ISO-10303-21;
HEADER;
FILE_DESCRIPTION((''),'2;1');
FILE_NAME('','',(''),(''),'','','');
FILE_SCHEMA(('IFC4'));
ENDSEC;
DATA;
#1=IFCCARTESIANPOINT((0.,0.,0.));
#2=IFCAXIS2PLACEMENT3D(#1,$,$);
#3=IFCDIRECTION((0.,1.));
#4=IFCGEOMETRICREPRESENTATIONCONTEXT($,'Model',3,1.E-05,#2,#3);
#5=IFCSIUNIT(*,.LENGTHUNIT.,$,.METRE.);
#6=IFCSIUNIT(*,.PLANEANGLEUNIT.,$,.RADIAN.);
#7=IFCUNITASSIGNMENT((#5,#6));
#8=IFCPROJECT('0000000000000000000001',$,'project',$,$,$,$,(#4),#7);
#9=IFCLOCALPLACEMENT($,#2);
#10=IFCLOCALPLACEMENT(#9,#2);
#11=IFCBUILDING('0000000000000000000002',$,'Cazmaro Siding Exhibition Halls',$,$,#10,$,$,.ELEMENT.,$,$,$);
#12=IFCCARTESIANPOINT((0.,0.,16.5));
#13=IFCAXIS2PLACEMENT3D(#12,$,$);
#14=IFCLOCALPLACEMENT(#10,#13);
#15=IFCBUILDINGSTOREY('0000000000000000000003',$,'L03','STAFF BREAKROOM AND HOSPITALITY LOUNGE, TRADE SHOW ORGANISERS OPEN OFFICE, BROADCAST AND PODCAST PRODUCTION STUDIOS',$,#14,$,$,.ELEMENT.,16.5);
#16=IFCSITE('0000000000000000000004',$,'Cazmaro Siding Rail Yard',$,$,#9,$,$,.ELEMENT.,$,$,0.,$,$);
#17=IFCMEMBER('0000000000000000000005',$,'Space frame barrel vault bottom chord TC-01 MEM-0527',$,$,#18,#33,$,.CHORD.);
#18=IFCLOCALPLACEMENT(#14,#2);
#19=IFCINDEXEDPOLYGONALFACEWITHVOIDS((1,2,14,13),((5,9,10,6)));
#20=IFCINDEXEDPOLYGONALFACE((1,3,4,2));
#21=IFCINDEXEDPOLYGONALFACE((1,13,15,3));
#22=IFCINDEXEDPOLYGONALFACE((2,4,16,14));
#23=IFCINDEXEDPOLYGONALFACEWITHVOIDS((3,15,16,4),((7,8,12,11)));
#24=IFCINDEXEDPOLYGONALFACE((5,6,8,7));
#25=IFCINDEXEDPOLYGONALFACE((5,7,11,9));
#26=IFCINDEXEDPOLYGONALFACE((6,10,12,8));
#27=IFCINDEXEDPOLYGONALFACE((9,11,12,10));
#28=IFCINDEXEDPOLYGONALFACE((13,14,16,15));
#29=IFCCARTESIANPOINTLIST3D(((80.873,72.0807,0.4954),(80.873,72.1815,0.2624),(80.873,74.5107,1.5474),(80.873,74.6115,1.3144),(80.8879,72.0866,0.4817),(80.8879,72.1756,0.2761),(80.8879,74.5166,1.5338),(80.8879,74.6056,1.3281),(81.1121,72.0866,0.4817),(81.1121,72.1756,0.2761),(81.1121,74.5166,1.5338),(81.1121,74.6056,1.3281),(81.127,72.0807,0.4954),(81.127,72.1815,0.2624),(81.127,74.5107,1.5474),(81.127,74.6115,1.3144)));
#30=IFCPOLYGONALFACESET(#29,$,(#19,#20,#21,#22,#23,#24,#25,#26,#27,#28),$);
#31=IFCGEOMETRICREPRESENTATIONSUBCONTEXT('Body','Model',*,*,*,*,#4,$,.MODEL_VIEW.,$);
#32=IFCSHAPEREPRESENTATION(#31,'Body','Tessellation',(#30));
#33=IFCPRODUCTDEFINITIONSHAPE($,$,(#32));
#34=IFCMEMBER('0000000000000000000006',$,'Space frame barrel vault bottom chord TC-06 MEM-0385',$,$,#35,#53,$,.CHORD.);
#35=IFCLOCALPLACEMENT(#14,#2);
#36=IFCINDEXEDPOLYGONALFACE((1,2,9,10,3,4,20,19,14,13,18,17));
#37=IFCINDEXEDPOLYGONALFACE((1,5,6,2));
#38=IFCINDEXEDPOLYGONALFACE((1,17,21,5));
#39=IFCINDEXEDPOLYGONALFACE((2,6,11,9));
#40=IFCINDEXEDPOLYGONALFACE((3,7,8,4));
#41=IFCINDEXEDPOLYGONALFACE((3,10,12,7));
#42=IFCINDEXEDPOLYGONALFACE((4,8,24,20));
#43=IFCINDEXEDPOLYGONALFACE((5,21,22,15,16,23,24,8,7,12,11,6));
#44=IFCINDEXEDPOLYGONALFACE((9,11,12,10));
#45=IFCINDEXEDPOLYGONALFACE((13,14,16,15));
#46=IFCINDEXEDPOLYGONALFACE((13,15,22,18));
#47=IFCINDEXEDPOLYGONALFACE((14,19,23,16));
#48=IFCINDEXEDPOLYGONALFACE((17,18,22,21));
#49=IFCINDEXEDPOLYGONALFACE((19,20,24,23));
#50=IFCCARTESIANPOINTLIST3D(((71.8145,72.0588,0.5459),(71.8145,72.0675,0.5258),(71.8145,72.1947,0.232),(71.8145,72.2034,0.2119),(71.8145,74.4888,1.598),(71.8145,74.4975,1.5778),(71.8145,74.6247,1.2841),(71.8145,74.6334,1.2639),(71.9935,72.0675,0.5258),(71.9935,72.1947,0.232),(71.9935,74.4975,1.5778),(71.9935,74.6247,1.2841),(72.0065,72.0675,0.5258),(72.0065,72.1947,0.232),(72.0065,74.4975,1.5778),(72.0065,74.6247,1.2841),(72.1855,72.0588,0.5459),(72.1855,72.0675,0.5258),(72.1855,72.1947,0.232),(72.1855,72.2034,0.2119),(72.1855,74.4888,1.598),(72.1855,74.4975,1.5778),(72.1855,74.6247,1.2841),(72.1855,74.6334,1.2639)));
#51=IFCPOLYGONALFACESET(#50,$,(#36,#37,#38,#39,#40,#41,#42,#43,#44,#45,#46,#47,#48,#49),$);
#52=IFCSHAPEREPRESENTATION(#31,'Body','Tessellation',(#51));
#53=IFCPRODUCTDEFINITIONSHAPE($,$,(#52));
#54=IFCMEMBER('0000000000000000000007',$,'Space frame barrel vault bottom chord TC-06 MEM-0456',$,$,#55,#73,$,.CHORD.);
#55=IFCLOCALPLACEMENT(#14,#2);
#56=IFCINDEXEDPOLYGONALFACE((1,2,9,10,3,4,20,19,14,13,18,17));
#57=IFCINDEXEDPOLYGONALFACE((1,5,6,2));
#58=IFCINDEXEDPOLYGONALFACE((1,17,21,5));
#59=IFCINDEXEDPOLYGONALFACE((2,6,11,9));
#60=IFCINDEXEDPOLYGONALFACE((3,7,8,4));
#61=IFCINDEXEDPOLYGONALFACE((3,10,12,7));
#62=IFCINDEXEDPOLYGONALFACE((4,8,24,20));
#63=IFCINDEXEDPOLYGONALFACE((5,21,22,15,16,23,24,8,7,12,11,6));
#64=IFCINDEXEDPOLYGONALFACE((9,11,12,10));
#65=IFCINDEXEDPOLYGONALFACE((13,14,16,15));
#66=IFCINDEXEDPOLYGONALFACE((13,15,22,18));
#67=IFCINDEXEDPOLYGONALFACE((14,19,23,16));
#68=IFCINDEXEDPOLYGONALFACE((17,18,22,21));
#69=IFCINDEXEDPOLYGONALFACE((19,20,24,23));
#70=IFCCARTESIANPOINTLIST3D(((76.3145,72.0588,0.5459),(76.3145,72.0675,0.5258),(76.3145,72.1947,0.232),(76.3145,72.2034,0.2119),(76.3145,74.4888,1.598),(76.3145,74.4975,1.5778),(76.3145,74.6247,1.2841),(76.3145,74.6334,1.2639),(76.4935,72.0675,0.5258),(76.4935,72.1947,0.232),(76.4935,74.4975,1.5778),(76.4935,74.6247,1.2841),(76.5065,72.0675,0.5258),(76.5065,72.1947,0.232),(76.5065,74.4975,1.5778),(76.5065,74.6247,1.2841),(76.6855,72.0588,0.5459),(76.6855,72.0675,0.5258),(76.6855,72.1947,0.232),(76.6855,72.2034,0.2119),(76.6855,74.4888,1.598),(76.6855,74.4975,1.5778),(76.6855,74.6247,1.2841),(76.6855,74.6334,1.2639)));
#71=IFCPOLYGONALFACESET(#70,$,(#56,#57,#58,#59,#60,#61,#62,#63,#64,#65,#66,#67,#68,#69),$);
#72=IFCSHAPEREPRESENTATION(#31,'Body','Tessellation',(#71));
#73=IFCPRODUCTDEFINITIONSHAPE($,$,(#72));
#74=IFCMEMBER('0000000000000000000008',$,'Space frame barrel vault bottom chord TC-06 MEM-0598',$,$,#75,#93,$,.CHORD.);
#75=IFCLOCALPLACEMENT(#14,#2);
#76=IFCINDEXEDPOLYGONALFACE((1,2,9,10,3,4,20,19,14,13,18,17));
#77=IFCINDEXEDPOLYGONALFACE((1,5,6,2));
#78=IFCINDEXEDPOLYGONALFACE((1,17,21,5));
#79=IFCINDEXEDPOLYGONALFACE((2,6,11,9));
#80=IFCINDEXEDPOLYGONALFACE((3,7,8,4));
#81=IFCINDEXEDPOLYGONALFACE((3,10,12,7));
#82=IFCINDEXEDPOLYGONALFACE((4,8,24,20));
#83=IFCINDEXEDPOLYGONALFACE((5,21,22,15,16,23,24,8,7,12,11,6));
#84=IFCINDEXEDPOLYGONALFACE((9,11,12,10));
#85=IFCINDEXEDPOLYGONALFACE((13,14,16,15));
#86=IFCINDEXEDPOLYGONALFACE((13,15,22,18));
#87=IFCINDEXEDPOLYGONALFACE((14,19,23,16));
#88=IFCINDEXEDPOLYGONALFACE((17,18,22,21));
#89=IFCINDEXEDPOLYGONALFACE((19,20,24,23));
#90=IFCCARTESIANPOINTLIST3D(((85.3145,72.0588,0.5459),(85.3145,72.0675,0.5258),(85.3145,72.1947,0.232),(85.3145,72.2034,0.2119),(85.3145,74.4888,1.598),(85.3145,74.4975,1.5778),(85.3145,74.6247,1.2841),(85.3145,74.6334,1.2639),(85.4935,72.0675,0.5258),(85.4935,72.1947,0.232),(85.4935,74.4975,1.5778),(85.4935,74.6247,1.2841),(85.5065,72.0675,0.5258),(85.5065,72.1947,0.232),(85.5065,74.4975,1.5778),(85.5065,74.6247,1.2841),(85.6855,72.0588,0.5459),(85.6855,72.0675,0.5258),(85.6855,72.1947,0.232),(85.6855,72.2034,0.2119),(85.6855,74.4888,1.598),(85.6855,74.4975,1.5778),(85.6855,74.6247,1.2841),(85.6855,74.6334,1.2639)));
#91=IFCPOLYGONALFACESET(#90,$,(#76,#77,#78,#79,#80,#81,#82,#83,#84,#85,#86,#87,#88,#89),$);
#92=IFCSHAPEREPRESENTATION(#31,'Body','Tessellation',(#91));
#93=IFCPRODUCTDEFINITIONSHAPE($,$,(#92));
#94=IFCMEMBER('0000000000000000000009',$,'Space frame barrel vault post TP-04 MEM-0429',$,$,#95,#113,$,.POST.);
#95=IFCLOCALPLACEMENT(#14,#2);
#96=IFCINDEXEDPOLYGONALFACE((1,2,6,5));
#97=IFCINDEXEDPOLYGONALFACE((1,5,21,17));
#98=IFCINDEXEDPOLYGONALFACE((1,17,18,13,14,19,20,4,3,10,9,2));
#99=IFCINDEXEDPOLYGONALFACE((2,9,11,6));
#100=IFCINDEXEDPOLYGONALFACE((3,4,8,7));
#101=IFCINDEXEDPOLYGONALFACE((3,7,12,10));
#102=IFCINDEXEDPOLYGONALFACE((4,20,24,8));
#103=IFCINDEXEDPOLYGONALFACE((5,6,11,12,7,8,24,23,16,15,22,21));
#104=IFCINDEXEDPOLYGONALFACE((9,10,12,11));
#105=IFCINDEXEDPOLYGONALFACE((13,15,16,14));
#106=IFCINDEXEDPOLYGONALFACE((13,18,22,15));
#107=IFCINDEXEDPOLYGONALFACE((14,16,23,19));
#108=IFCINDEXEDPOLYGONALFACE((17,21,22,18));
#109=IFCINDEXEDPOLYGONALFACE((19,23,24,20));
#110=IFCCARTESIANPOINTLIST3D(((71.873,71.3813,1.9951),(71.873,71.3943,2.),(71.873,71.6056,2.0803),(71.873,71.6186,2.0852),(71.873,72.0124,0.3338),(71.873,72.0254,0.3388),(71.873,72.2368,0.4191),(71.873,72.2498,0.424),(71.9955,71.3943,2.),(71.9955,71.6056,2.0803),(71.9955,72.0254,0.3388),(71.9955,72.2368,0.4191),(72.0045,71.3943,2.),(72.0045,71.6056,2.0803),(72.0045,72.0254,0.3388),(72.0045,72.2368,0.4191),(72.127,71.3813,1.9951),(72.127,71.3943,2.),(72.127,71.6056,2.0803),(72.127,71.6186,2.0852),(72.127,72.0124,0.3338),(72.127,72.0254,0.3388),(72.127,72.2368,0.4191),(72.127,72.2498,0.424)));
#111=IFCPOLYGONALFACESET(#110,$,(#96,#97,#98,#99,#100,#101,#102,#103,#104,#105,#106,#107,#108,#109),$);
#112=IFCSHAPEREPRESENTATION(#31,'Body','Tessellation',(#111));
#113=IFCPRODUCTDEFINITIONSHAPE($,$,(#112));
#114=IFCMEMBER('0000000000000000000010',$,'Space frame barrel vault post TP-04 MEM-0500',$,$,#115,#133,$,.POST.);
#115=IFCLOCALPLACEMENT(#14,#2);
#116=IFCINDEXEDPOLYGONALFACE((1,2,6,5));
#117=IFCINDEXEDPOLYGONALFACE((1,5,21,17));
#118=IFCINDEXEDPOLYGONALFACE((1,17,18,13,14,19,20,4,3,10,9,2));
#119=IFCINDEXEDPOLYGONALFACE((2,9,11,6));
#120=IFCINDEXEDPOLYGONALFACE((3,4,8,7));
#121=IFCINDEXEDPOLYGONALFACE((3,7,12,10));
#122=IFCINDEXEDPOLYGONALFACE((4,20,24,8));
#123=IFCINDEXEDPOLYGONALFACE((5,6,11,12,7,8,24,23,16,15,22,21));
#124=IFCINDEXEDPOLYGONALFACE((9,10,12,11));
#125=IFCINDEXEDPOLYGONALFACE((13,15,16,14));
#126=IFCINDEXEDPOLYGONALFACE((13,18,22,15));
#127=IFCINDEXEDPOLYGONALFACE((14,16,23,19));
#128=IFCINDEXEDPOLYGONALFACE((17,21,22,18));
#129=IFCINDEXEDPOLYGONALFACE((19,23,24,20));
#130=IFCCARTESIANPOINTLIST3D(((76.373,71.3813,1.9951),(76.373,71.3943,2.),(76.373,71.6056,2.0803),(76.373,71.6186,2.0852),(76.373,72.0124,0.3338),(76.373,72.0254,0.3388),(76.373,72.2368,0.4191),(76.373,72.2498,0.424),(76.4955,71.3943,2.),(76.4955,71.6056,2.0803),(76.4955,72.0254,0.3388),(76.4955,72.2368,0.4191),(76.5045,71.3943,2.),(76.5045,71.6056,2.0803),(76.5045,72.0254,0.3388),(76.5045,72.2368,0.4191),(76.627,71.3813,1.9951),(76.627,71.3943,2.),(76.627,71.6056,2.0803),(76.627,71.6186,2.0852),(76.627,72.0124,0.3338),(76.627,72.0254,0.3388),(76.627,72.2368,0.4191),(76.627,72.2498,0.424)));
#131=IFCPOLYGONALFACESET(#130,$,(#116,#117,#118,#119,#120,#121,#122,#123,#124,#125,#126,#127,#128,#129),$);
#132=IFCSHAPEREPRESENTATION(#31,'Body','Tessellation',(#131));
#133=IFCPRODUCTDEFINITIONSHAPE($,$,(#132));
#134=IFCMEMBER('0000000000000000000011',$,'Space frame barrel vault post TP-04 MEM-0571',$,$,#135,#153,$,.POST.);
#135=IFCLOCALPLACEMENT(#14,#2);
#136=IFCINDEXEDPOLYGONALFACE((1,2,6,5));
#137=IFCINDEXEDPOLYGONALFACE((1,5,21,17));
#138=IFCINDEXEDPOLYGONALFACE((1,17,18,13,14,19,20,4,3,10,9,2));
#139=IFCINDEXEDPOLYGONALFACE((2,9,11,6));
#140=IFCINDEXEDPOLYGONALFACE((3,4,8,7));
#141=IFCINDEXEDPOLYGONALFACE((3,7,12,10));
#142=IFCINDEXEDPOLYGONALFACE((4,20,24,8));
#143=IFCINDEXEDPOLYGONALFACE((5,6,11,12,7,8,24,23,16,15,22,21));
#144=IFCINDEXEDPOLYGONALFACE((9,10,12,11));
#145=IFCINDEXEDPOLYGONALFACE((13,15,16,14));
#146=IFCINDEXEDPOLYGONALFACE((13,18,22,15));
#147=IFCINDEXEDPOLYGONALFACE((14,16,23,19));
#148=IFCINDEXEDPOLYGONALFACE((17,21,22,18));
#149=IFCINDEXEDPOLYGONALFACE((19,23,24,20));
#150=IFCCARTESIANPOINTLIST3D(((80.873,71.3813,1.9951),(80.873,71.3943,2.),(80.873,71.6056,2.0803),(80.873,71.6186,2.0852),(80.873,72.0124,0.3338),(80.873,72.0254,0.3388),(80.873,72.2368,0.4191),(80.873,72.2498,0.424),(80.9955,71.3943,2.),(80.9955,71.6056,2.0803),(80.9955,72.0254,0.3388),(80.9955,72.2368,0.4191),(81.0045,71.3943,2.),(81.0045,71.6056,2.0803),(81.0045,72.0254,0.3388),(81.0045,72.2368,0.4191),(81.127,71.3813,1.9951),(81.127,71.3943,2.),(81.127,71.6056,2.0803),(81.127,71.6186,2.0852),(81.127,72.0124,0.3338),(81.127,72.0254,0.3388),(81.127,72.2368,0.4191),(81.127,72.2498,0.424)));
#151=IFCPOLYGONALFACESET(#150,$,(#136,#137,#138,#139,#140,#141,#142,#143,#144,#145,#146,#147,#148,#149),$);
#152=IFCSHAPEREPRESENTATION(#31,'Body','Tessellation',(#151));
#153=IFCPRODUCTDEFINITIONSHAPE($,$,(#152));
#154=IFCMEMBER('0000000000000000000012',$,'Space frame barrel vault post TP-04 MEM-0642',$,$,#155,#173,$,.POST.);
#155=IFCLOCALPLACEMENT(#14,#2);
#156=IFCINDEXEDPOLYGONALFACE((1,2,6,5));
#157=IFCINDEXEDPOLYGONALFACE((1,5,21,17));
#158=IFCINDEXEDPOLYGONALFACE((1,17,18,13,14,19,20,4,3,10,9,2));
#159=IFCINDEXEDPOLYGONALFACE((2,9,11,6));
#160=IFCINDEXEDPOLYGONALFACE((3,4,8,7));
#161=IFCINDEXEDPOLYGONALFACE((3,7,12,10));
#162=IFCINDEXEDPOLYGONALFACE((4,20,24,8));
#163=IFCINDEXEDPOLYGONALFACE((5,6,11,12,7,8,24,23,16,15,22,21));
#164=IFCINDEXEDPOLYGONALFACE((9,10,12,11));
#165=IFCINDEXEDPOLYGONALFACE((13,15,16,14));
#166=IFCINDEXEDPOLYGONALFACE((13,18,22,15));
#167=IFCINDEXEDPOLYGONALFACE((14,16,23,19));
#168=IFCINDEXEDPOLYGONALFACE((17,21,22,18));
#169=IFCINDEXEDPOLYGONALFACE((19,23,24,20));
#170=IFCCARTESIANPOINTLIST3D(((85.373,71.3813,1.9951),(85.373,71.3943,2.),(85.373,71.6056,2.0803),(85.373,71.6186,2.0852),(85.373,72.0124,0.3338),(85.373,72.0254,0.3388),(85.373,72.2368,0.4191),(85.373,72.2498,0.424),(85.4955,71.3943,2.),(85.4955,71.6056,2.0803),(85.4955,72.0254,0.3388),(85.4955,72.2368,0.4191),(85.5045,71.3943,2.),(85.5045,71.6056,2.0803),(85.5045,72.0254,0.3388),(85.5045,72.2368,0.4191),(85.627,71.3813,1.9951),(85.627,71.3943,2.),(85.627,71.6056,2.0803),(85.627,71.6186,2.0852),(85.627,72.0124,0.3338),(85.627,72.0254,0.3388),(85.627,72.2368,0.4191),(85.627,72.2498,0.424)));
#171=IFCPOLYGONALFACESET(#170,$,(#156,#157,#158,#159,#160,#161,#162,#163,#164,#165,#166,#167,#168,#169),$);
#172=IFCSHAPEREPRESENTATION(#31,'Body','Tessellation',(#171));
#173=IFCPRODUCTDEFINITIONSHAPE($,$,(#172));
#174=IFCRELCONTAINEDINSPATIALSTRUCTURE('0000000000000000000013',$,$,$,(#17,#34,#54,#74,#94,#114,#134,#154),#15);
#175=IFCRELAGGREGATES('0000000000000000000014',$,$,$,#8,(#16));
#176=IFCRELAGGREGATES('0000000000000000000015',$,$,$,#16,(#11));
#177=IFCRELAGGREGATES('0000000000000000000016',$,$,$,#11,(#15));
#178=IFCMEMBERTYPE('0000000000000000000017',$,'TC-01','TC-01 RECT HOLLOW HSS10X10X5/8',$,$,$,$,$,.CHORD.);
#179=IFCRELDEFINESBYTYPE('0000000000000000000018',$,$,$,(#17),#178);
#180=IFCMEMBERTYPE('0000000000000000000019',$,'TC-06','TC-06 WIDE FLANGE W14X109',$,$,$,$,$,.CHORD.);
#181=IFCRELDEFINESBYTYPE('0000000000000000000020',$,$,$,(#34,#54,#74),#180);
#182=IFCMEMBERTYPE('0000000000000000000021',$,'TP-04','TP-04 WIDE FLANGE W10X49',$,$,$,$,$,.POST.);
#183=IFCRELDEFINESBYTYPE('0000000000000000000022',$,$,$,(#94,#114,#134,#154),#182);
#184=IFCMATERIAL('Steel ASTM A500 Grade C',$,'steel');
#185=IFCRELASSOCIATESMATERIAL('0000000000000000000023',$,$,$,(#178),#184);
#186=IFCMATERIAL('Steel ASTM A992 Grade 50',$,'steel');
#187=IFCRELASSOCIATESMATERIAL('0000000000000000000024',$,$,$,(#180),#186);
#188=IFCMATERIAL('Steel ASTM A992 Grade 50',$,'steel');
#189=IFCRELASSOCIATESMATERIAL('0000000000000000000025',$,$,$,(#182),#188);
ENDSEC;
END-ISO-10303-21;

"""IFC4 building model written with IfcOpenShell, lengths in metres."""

from ifc_helpers import new_model, si_unit, direction, frame, origin, origin_2d, place, context, subcontext, project, spatial, hollow_rectangle, i_section, extrude, material, material_profile, profile_set, type_object, element, save


model = new_model("IFC4")

# Units and contexts
model_context = context("Model", 3, precision=1e-05, world=origin(), true_north=direction((0.0, 1.0)))
body_context = subcontext(model_context, "Body", "Model", "MODEL_VIEW")
ifc_project = project(units=[si_unit("LENGTHUNIT", "METRE"), si_unit("PLANEANGLEUNIT", "RADIAN")], contexts=[model_context])

# Site, building, storey
site_placement = place(None, origin())
site = spatial("IfcSite", under=ifc_project, at=site_placement, Name="Cazmaro Siding Rail Yard", CompositionType="ELEMENT", RefElevation=0.0)
building_placement = place(site_placement, origin())
building = spatial("IfcBuilding", under=site, at=building_placement, Name="Cazmaro Siding Exhibition Halls", CompositionType="ELEMENT")
storey_placement = place(building_placement, frame((0.0, 0.0, 16.5)))
storey = spatial("IfcBuildingStorey", under=building, at=storey_placement, Name="L03", Description="STAFF BREAKROOM AND HOSPITALITY LOUNGE, TRADE SHOW ORGANISERS OPEN OFFICE, BROADCAST AND PODCAST PRODUCTION STUDIOS", CompositionType="ELEMENT", Elevation=16.5)

# Members
ifc_material_1 = material(Name="Steel ASTM A500 Grade C", Category="steel")
ifc_material_profile_1 = material_profile(ifc_material_1, hollow_rectangle(XDim=0.2539, YDim=0.2539, WallThickness=0.0149, at=origin_2d()), Name="HSS10X10X5/8")
ifc_profile_set_1 = profile_set([ifc_material_profile_1], Name="Steel ASTM A500 Grade C")
member_type_1 = type_object("IfcMemberType", Name="TC-01", Description="TC-01 RECT HOLLOW HSS10X10X5/8", PredefinedType="CHORD", material=ifc_profile_set_1)
member_placement = place(storey_placement, frame((81.0, 72.1311, 0.3789), z_axis=(0.0, 0.917689, 0.397299), x_axis=(-1.0, 0.0, 0.0)))
element("IfcMember", 1, at=member_placement, inside=storey, type_object=member_type_1, Name="Space frame barrel vault bottom chord TC-01 MEM-0527", PredefinedType="CHORD", context=body_context, shape_type="SweptSolid", body=[
    extrude(hollow_rectangle(XDim=0.2539, YDim=0.2539, WallThickness=0.0149, at=origin_2d()), origin(), (0.0, 0.0, 1.0), 2.6479),
])
ifc_material_2 = material(Name="Steel ASTM A992 Grade 50", Category="steel")
ifc_material_profile_2 = material_profile(ifc_material_2, i_section(OverallWidth=0.3711, OverallDepth=0.364, WebThickness=0.0129, FlangeThickness=0.022, at=origin_2d()), Name="W14X109")
ifc_profile_set_2 = profile_set([ifc_material_profile_2], Name="Steel ASTM A992 Grade 50")
member_type_2 = type_object("IfcMemberType", Name="TC-06", Description="TC-06 WIDE FLANGE W14X109", PredefinedType="CHORD", material=ifc_profile_set_2)
for number, where, z_axis, x_axis, name in (
    (2, (72.0, 72.1311, 0.3789), (0.0, 0.917689, 0.397299), (-1.0, 0.0, 0.0), "Space frame barrel vault bottom chord TC-06 MEM-0385"),
    (3, (76.5, 72.1311, 0.3789), (0.0, 0.917689, 0.397299), (-1.0, 0.0, 0.0), "Space frame barrel vault bottom chord TC-06 MEM-0456"),
    (4, (85.5, 72.1311, 0.3789), (0.0, 0.917689, 0.397299), (-1.0, 0.0, 0.0), "Space frame barrel vault bottom chord TC-06 MEM-0598"),
):
    element("IfcMember", number, at=place(storey_placement, frame(where, z_axis=z_axis, x_axis=x_axis)), inside=storey, type_object=member_type_2, Name=name, PredefinedType="CHORD", context=body_context, shape_type="SweptSolid", body=[
        extrude(i_section(OverallWidth=0.3711, OverallDepth=0.364, WebThickness=0.0129, FlangeThickness=0.022, at=origin_2d()), origin(), (0.0, 0.0, 1.0), 2.6479),
    ])
ifc_material_3 = material(Name="Steel ASTM A992 Grade 50", Category="steel")
ifc_material_profile_3 = material_profile(ifc_material_3, i_section(OverallWidth=0.2539, OverallDepth=0.2539, WebThickness=0.009, FlangeThickness=0.0139, at=origin_2d()), Name="W10X49")
ifc_profile_set_3 = profile_set([ifc_material_profile_3], Name="Steel ASTM A992 Grade 50")
member_type_3 = type_object("IfcMemberType", Name="TP-04", Description="TP-04 WIDE FLANGE W10X49", PredefinedType="POST", material=ifc_profile_set_3)
for number, where, z_axis, x_axis, name in (
    (5, (72.0, 72.1311, 0.3789), (0.0, -0.355155, 0.934807), (1.0, 0.0, 0.0), "Space frame barrel vault post TP-04 MEM-0429"),
    (6, (76.5, 72.1311, 0.3789), (0.0, -0.355155, 0.934807), (1.0, 0.0, 0.0), "Space frame barrel vault post TP-04 MEM-0500"),
    (7, (81.0, 72.1311, 0.3789), (0.0, -0.355155, 0.934807), (1.0, 0.0, 0.0), "Space frame barrel vault post TP-04 MEM-0571"),
    (8, (85.5, 72.1311, 0.3789), (0.0, -0.355155, 0.934807), (1.0, 0.0, 0.0), "Space frame barrel vault post TP-04 MEM-0642"),
):
    element("IfcMember", number, at=place(storey_placement, frame(where, z_axis=z_axis, x_axis=x_axis)), inside=storey, type_object=member_type_3, Name=name, PredefinedType="POST", context=body_context, shape_type="SweptSolid", body=[
        extrude(i_section(OverallWidth=0.2539, OverallDepth=0.2539, WebThickness=0.009, FlangeThickness=0.0139, at=origin_2d()), origin(), (0.0, 0.0, 1.0), 1.7771),
    ])

save(model, "model.ifc")
